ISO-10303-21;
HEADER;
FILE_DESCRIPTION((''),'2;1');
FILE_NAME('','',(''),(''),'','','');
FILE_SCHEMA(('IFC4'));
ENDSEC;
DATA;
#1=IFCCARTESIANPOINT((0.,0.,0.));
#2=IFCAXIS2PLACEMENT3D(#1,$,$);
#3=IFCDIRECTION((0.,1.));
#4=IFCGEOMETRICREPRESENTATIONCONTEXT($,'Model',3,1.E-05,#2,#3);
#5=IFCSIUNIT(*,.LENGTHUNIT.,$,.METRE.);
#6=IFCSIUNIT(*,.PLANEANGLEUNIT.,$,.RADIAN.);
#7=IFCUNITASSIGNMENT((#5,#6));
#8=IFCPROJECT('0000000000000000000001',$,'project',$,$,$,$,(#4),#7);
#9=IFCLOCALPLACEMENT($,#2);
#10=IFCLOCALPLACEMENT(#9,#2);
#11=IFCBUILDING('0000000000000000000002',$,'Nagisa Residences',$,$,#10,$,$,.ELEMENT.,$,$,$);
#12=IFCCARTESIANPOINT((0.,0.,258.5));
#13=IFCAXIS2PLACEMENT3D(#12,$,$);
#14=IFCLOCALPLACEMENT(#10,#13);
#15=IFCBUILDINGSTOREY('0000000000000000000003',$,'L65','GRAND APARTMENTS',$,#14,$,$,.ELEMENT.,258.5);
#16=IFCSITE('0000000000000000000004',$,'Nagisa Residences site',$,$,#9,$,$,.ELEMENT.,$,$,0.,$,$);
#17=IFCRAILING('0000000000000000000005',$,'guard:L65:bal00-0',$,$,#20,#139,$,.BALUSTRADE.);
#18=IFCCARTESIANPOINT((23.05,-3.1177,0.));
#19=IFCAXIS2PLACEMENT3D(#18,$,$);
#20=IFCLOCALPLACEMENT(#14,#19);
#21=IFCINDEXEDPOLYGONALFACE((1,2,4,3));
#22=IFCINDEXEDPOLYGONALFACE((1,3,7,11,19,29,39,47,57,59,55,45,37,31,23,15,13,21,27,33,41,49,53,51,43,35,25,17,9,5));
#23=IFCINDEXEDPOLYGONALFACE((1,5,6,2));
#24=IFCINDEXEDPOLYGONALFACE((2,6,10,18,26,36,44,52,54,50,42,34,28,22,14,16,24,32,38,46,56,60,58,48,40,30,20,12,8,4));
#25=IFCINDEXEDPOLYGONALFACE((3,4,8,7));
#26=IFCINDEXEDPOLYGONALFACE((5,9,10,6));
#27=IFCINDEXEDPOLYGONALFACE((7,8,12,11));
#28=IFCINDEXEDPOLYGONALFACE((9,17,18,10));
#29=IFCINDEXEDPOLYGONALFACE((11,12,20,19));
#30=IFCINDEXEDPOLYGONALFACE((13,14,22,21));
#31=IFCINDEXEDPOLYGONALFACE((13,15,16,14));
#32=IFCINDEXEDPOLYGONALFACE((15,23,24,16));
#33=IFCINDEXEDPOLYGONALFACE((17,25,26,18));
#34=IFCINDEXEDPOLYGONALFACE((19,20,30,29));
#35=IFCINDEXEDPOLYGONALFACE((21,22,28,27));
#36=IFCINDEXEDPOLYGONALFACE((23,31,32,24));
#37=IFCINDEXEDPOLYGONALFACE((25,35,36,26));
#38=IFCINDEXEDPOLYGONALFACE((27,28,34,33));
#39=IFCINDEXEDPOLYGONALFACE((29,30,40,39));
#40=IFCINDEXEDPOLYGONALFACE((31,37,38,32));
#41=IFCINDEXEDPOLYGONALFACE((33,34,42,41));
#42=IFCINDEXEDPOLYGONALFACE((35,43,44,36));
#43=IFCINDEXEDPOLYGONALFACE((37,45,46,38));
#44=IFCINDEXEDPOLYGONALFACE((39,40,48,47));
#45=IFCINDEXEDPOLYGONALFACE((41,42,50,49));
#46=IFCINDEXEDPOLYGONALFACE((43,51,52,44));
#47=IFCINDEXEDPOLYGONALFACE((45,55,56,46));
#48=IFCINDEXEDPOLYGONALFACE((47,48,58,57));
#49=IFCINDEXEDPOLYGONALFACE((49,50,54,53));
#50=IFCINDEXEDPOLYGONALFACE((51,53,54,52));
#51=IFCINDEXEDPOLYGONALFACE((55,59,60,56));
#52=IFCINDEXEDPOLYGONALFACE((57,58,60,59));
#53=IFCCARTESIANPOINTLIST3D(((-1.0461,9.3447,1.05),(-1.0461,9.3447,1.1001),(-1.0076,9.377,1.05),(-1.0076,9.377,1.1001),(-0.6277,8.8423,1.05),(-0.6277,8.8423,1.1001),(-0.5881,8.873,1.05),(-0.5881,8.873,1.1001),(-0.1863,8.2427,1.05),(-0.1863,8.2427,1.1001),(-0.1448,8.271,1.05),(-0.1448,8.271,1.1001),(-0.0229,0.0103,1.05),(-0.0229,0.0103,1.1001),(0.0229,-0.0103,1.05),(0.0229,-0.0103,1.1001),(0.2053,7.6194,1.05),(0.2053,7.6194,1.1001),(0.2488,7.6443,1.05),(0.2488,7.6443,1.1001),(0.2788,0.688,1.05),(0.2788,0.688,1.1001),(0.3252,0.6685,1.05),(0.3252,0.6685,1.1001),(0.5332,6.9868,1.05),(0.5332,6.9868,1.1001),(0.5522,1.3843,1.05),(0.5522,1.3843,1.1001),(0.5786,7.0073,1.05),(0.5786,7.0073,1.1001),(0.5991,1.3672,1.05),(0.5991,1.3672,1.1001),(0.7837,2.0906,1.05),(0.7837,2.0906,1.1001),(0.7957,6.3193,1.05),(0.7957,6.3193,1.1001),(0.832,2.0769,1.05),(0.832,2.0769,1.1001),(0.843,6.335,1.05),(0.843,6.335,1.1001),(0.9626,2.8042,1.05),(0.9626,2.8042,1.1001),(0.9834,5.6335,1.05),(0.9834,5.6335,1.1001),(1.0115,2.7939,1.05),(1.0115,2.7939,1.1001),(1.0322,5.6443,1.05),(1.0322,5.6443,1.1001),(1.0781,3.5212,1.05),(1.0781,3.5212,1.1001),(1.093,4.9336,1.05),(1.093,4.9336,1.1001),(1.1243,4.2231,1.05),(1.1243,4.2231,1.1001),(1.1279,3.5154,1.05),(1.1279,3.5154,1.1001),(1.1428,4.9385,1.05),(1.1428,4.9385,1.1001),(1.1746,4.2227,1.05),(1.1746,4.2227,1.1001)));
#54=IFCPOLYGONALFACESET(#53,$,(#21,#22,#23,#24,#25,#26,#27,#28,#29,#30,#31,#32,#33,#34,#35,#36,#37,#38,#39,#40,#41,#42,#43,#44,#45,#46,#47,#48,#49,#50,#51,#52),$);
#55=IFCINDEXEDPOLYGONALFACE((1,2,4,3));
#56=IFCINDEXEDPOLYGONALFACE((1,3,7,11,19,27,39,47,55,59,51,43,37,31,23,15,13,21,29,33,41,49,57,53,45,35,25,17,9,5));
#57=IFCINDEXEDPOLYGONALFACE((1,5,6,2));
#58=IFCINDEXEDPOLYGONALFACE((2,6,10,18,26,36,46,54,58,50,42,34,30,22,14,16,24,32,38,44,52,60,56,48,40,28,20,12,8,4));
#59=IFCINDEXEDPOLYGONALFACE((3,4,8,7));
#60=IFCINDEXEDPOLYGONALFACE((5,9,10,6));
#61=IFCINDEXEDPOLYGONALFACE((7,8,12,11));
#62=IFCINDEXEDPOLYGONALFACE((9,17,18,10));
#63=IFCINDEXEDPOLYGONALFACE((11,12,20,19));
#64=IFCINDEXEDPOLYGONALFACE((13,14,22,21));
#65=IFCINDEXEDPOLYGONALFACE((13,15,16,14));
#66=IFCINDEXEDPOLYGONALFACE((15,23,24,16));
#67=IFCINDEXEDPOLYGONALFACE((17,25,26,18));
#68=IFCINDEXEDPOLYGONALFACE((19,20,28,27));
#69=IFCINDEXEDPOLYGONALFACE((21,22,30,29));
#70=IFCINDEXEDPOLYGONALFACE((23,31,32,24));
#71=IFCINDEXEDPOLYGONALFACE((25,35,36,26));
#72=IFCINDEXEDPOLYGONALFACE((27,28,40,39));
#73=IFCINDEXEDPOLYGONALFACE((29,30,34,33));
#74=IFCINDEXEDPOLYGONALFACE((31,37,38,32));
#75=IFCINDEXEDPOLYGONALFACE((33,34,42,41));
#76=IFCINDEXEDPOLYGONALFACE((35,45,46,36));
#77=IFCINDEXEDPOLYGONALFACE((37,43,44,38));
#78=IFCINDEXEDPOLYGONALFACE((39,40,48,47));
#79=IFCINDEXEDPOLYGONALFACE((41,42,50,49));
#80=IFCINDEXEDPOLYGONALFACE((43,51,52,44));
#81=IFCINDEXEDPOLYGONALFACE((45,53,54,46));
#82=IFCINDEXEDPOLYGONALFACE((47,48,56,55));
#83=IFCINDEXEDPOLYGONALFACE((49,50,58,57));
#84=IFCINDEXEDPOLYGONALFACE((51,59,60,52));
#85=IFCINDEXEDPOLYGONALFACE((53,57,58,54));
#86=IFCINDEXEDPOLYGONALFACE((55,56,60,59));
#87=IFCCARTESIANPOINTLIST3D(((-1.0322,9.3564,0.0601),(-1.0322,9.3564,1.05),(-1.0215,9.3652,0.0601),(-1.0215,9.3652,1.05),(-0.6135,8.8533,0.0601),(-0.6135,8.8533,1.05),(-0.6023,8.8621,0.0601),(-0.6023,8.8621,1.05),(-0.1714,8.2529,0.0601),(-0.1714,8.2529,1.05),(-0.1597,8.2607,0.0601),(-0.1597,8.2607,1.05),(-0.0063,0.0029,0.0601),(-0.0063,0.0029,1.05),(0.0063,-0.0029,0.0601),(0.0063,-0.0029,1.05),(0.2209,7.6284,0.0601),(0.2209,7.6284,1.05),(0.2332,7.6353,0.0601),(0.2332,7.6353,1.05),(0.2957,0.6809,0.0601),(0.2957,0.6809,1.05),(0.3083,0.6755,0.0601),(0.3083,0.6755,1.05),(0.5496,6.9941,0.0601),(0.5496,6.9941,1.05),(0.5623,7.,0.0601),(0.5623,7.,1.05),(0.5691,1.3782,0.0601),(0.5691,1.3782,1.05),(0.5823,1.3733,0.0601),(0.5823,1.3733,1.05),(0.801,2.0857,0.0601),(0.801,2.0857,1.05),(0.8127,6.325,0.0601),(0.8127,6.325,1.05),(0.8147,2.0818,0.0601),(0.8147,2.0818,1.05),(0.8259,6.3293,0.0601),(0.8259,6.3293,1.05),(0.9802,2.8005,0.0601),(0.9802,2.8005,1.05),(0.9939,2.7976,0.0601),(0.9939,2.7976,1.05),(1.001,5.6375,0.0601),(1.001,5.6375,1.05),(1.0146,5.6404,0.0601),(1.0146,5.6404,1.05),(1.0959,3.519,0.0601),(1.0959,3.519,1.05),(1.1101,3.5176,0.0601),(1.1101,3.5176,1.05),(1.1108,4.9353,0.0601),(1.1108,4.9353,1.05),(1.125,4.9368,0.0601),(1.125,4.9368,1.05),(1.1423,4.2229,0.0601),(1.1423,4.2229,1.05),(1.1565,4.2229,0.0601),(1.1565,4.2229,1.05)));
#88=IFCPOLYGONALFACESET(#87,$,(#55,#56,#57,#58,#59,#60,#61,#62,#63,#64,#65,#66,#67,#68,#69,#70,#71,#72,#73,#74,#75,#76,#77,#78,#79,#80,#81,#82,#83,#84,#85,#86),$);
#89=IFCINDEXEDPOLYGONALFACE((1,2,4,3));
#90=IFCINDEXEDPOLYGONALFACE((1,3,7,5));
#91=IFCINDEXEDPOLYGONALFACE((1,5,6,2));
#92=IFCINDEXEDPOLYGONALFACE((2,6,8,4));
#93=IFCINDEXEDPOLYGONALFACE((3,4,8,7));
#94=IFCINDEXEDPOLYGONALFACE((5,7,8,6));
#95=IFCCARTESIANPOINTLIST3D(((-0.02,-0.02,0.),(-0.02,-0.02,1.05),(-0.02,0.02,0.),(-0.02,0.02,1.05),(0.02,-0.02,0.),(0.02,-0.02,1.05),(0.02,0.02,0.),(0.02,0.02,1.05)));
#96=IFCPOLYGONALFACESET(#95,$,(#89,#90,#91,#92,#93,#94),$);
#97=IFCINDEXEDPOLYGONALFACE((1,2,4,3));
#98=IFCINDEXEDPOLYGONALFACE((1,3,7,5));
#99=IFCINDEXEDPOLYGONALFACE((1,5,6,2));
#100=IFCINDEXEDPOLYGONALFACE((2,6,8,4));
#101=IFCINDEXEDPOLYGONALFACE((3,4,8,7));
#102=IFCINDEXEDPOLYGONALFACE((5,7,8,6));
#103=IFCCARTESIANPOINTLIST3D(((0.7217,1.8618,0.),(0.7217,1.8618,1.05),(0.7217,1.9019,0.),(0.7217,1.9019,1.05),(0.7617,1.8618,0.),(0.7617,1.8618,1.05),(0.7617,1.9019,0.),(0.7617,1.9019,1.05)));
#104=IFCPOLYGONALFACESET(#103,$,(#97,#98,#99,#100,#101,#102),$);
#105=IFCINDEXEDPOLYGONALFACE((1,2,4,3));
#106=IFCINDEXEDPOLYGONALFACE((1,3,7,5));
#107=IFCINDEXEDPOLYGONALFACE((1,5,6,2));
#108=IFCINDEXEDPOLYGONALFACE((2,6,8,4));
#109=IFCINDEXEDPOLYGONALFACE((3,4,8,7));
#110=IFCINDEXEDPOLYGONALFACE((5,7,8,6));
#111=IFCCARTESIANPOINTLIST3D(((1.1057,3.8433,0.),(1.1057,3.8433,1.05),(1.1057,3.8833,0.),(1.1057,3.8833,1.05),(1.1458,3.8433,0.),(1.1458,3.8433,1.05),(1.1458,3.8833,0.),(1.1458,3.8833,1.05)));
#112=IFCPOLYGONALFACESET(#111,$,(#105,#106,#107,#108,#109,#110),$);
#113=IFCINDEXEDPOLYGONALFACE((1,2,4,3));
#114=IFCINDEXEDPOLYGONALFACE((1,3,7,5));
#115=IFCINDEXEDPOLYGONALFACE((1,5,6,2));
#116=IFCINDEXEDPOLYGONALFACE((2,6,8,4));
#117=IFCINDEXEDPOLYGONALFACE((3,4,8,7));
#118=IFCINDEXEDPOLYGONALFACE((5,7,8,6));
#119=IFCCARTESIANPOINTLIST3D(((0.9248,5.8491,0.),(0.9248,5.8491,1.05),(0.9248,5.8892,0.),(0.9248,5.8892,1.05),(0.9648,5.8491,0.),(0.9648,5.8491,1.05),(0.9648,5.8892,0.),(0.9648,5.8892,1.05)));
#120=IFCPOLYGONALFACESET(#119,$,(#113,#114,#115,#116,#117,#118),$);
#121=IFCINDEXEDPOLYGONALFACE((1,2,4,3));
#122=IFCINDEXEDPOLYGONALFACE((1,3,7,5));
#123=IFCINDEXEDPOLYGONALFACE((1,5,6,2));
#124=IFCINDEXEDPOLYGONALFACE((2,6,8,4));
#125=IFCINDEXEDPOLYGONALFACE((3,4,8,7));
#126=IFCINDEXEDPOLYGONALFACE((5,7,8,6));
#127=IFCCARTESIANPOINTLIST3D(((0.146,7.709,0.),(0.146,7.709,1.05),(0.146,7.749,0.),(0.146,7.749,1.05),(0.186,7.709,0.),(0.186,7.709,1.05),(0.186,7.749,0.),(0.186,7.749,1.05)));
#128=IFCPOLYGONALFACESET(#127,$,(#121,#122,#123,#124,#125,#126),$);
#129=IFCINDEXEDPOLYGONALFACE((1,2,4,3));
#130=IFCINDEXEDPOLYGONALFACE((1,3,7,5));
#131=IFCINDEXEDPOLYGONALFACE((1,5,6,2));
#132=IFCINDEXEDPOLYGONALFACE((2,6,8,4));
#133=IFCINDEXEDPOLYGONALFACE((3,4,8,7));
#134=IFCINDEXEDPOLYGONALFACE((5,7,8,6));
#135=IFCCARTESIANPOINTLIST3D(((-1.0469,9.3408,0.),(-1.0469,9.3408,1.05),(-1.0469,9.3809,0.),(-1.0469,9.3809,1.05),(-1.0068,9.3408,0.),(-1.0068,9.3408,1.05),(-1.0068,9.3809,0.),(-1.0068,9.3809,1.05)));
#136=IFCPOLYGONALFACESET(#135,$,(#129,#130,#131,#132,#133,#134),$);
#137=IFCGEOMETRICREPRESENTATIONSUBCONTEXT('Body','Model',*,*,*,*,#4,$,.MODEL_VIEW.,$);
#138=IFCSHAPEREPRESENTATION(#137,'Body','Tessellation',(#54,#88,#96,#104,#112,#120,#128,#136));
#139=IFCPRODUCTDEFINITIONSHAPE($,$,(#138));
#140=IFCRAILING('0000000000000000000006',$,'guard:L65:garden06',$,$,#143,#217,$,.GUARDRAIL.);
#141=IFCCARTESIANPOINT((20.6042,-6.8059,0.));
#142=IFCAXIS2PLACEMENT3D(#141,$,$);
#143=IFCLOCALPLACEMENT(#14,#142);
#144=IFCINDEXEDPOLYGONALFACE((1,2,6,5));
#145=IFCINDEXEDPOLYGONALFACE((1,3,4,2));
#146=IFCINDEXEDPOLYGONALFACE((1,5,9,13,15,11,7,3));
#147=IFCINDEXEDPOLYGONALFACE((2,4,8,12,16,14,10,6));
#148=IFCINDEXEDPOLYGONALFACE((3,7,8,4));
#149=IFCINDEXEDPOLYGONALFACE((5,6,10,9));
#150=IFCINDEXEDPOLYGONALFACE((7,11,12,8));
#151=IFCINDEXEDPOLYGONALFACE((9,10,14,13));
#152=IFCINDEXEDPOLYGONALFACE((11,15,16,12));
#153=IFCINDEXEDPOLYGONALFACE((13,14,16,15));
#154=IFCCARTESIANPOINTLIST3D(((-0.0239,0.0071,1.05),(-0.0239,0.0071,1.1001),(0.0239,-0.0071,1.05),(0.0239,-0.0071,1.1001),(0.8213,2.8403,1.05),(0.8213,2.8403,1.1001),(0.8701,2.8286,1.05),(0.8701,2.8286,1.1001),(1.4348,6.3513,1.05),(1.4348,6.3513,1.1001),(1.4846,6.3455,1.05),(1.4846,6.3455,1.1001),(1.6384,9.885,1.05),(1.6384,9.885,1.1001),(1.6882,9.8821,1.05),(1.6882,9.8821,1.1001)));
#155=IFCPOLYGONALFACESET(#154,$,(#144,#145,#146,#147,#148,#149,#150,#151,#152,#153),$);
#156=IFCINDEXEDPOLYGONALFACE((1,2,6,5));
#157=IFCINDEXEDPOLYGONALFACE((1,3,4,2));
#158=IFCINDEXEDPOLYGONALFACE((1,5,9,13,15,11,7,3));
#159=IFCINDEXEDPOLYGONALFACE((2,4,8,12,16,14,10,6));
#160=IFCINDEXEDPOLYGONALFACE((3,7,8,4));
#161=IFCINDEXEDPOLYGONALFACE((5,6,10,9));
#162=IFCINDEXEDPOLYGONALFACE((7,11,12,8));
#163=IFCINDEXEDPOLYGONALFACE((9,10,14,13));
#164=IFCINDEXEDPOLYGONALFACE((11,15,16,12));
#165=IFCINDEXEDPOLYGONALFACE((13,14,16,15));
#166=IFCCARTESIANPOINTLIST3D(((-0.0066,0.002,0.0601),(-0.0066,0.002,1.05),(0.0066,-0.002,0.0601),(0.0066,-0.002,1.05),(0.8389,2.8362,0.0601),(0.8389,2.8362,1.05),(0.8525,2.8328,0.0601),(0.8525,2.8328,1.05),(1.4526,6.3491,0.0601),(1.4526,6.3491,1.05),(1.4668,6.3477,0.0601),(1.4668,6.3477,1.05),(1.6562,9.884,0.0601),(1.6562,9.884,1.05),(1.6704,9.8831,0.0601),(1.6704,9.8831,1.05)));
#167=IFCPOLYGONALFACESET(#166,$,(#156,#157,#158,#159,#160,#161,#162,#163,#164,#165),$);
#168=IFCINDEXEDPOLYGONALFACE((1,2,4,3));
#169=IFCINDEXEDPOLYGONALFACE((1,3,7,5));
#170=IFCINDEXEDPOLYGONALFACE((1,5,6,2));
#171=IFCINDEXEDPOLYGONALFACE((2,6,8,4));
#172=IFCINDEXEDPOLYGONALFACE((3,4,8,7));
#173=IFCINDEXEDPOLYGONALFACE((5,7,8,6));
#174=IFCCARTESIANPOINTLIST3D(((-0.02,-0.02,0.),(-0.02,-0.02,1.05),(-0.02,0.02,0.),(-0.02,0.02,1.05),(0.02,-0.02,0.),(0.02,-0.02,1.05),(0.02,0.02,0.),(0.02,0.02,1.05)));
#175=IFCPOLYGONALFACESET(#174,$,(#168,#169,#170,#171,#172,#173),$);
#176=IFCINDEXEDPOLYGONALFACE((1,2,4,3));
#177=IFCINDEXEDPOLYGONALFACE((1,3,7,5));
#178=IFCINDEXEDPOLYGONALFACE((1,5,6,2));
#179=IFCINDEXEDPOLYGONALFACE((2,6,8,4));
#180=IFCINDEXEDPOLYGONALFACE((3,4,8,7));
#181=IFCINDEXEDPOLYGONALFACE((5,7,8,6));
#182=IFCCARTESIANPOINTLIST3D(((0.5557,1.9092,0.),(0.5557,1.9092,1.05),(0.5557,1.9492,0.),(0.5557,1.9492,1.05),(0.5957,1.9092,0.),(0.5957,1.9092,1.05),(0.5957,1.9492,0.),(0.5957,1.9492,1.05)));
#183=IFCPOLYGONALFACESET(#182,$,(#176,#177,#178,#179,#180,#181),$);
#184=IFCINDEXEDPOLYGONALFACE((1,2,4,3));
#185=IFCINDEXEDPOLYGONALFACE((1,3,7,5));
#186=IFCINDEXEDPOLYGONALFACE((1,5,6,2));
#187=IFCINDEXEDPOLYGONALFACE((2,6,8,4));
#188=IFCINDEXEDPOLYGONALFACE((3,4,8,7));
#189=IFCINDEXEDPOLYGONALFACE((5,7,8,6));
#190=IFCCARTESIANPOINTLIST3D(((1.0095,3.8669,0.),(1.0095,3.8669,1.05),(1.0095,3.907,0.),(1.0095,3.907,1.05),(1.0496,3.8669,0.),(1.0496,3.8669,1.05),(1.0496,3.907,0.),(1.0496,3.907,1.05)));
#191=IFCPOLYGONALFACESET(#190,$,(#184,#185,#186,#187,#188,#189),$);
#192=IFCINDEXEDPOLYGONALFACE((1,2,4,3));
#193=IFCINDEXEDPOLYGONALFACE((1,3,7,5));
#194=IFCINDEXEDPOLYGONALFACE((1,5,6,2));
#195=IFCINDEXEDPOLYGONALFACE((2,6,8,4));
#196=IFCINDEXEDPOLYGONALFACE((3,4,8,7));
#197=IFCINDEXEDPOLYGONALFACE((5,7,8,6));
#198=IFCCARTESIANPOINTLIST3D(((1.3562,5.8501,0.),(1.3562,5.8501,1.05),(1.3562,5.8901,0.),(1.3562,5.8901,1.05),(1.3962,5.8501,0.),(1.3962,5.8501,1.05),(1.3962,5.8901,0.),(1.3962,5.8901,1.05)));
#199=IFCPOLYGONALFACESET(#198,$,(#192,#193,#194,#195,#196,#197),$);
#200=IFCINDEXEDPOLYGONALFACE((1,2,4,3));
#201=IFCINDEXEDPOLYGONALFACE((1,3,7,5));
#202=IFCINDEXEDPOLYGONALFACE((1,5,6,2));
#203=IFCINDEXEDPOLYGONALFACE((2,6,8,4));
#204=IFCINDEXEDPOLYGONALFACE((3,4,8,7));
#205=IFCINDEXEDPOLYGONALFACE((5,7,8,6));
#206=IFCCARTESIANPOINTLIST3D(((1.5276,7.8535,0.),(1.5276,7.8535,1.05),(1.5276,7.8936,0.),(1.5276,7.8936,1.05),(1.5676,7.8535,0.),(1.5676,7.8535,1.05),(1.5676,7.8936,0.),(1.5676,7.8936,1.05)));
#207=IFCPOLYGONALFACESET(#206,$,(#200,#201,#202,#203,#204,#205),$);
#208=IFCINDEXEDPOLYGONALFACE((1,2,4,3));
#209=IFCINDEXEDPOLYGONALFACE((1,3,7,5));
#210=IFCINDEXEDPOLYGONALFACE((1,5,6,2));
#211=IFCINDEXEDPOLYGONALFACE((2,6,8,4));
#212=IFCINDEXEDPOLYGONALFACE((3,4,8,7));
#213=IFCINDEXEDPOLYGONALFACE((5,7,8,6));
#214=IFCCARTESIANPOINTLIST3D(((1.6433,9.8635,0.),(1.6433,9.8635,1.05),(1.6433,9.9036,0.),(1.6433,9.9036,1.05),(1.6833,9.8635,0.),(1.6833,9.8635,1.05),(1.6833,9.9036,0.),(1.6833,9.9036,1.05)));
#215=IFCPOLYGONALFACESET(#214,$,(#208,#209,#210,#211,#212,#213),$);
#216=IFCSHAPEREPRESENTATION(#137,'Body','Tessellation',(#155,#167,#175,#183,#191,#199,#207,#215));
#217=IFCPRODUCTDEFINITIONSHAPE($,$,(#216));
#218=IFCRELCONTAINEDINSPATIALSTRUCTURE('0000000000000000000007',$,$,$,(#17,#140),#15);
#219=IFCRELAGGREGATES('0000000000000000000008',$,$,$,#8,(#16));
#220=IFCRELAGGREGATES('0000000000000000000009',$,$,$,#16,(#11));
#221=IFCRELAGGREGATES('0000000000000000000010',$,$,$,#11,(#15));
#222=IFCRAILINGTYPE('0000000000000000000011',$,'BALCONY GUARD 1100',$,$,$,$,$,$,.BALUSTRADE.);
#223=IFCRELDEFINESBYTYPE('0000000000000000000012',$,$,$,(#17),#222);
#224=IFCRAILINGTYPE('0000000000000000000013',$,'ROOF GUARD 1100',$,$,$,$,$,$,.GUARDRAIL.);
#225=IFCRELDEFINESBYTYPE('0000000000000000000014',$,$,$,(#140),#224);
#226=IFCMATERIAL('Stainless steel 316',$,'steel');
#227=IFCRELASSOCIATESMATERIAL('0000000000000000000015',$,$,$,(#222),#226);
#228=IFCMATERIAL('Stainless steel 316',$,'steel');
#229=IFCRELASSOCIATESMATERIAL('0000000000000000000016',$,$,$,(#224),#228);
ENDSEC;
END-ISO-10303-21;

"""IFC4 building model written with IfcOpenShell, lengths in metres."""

from ifc_helpers import new_model, si_unit, direction, frame, origin, origin_2d, place, context, subcontext, project, spatial, polyline, rectangle, outline, extrude, material, type_object, element, save


model = new_model("IFC4")

# Units and contexts
model_context = context("Model", 3, precision=1e-05, world=origin(), true_north=direction((0.0, 1.0)))
body_context = subcontext(model_context, "Body", "Model", "MODEL_VIEW")
ifc_project = project(units=[si_unit("LENGTHUNIT", "METRE"), si_unit("PLANEANGLEUNIT", "RADIAN")], contexts=[model_context])

# Site, building, storey
site_placement = place(None, origin())
site = spatial("IfcSite", under=ifc_project, at=site_placement, Name="Nagisa Residences site", CompositionType="ELEMENT", RefElevation=0.0)
building_placement = place(site_placement, origin())
building = spatial("IfcBuilding", under=site, at=building_placement, Name="Nagisa Residences", CompositionType="ELEMENT")
storey_placement = place(building_placement, frame((0.0, 0.0, 258.5)))
storey = spatial("IfcBuildingStorey", under=building, at=storey_placement, Name="L65", Description="GRAND APARTMENTS", CompositionType="ELEMENT", Elevation=258.5)

# Railings
ifc_material_1 = material(Name="Stainless steel 316", Category="steel")
railing_type_1 = type_object("IfcRailingType", Name="BALCONY GUARD 1100", PredefinedType="BALUSTRADE", material=ifc_material_1)
railing_1_placement = place(storey_placement, frame((23.05, -3.1177, 0.0)))
element("IfcRailing", 1, at=railing_1_placement, inside=storey, type_object=railing_type_1, Name="guard:L65:bal00-0", PredefinedType="BALUSTRADE", context=body_context, shape_type="SweptSolid", body=[
    extrude(outline(polyline([(0.2788, 0.688), (-0.0229, 0.0103), (0.0229, -0.0103), (0.3252, 0.6685), (0.5991, 1.3672), (0.832, 2.0769), (1.0115, 2.7939), (1.1279, 3.5154), (1.1746, 4.2227), (1.1428, 4.9385), (1.0322, 5.6443), (0.843, 6.335), (0.5786, 7.0073), (0.2488, 7.6443), (-0.1448, 8.271), (-0.5881, 8.873), (-1.0076, 9.377), (-1.0461, 9.3447), (-0.6277, 8.8423), (-0.1863, 8.2427), (0.2053, 7.6194), (0.5332, 6.9868), (0.7957, 6.3193), (0.9834, 5.6335), (1.093, 4.9336), (1.1243, 4.2231), (1.0781, 3.5212), (0.9626, 2.8042), (0.7837, 2.0906), (0.5522, 1.3843), (0.2788, 0.688)])), frame((0.0, 0.0, 1.05)), (0.0, 0.0, 1.0), 0.05),
    extrude(outline(polyline([(0.2957, 0.6809), (-0.0063, 0.0029), (0.0063, -0.0029), (0.3083, 0.6755), (0.5823, 1.3733), (0.8147, 2.0818), (0.9939, 2.7976), (1.1101, 3.5176), (1.1565, 4.2229), (1.125, 4.9368), (1.0146, 5.6404), (0.8259, 6.3293), (0.5623, 7.0), (0.2332, 7.6353), (-0.1597, 8.2607), (-0.6023, 8.8621), (-1.0215, 9.3652), (-1.0322, 9.3564), (-0.6135, 8.8533), (-0.1714, 8.2529), (0.2209, 7.6284), (0.5496, 6.9941), (0.8127, 6.325), (1.001, 5.6375), (1.1108, 4.9353), (1.1423, 4.2229), (1.0959, 3.519), (0.9802, 2.8005), (0.801, 2.0857), (0.5691, 1.3782), (0.2957, 0.6809)])), frame((0.0, 0.0, 0.0601)), (0.0, 0.0, 1.0), 0.99),
    extrude(rectangle(XDim=0.04, YDim=0.04, at=origin_2d()), origin(), (0.0, 0.0, 1.0), 1.05),
    extrude(rectangle(XDim=0.04, YDim=0.04, at=origin_2d()), frame((0.7417, 1.8818, 0.0)), (0.0, 0.0, 1.0), 1.05),
    extrude(rectangle(XDim=0.04, YDim=0.04, at=origin_2d()), frame((1.1257, 3.8633, 0.0)), (0.0, 0.0, 1.0), 1.05),
    extrude(rectangle(XDim=0.04, YDim=0.04, at=origin_2d()), frame((0.9448, 5.8691, 0.0)), (0.0, 0.0, 1.0), 1.05),
    extrude(rectangle(XDim=0.04, YDim=0.04, at=origin_2d()), frame((0.166, 7.729, 0.0)), (0.0, 0.0, 1.0), 1.05),
    extrude(rectangle(XDim=0.04, YDim=0.04, at=origin_2d()), frame((-1.0269, 9.3608, 0.0)), (0.0, 0.0, 1.0), 1.05),
])
ifc_material_2 = material(Name="Stainless steel 316", Category="steel")
railing_type_2 = type_object("IfcRailingType", Name="ROOF GUARD 1100", PredefinedType="GUARDRAIL", material=ifc_material_2)
railing_2_placement = place(storey_placement, frame((20.6042, -6.8059, 0.0)))
element("IfcRailing", 2, at=railing_2_placement, inside=storey, type_object=railing_type_2, Name="guard:L65:garden06", PredefinedType="GUARDRAIL", context=body_context, shape_type="SweptSolid", body=[
    extrude(outline(polyline([(0.8213, 2.8403), (-0.0239, 0.0071), (0.0239, -0.0071), (0.8701, 2.8286), (1.4846, 6.3455), (1.6882, 9.8821), (1.6384, 9.885), (1.4348, 6.3513), (0.8213, 2.8403)])), frame((0.0, 0.0, 1.05)), (0.0, 0.0, 1.0), 0.05),
    extrude(outline(polyline([(0.8389, 2.8362), (-0.0066, 0.002), (0.0066, -0.002), (0.8525, 2.8328), (1.4668, 6.3477), (1.6704, 9.8831), (1.6562, 9.884), (1.4526, 6.3491), (0.8389, 2.8362)])), frame((0.0, 0.0, 0.0601)), (0.0, 0.0, 1.0), 0.99),
    extrude(rectangle(XDim=0.04, YDim=0.04, at=origin_2d()), origin(), (0.0, 0.0, 1.0), 1.05),
    extrude(rectangle(XDim=0.04, YDim=0.04, at=origin_2d()), frame((0.5757, 1.9292, 0.0)), (0.0, 0.0, 1.0), 1.05),
    extrude(rectangle(XDim=0.04, YDim=0.04, at=origin_2d()), frame((1.0295, 3.887, 0.0)), (0.0, 0.0, 1.0), 1.05),
    extrude(rectangle(XDim=0.04, YDim=0.04, at=origin_2d()), frame((1.3762, 5.8701, 0.0)), (0.0, 0.0, 1.0), 1.05),
    extrude(rectangle(XDim=0.04, YDim=0.04, at=origin_2d()), frame((1.5476, 7.8735, 0.0)), (0.0, 0.0, 1.0), 1.05),
    extrude(rectangle(XDim=0.04, YDim=0.04, at=origin_2d()), frame((1.6633, 9.8835, 0.0)), (0.0, 0.0, 1.0), 1.05),
])

save(model, "model.ifc")
